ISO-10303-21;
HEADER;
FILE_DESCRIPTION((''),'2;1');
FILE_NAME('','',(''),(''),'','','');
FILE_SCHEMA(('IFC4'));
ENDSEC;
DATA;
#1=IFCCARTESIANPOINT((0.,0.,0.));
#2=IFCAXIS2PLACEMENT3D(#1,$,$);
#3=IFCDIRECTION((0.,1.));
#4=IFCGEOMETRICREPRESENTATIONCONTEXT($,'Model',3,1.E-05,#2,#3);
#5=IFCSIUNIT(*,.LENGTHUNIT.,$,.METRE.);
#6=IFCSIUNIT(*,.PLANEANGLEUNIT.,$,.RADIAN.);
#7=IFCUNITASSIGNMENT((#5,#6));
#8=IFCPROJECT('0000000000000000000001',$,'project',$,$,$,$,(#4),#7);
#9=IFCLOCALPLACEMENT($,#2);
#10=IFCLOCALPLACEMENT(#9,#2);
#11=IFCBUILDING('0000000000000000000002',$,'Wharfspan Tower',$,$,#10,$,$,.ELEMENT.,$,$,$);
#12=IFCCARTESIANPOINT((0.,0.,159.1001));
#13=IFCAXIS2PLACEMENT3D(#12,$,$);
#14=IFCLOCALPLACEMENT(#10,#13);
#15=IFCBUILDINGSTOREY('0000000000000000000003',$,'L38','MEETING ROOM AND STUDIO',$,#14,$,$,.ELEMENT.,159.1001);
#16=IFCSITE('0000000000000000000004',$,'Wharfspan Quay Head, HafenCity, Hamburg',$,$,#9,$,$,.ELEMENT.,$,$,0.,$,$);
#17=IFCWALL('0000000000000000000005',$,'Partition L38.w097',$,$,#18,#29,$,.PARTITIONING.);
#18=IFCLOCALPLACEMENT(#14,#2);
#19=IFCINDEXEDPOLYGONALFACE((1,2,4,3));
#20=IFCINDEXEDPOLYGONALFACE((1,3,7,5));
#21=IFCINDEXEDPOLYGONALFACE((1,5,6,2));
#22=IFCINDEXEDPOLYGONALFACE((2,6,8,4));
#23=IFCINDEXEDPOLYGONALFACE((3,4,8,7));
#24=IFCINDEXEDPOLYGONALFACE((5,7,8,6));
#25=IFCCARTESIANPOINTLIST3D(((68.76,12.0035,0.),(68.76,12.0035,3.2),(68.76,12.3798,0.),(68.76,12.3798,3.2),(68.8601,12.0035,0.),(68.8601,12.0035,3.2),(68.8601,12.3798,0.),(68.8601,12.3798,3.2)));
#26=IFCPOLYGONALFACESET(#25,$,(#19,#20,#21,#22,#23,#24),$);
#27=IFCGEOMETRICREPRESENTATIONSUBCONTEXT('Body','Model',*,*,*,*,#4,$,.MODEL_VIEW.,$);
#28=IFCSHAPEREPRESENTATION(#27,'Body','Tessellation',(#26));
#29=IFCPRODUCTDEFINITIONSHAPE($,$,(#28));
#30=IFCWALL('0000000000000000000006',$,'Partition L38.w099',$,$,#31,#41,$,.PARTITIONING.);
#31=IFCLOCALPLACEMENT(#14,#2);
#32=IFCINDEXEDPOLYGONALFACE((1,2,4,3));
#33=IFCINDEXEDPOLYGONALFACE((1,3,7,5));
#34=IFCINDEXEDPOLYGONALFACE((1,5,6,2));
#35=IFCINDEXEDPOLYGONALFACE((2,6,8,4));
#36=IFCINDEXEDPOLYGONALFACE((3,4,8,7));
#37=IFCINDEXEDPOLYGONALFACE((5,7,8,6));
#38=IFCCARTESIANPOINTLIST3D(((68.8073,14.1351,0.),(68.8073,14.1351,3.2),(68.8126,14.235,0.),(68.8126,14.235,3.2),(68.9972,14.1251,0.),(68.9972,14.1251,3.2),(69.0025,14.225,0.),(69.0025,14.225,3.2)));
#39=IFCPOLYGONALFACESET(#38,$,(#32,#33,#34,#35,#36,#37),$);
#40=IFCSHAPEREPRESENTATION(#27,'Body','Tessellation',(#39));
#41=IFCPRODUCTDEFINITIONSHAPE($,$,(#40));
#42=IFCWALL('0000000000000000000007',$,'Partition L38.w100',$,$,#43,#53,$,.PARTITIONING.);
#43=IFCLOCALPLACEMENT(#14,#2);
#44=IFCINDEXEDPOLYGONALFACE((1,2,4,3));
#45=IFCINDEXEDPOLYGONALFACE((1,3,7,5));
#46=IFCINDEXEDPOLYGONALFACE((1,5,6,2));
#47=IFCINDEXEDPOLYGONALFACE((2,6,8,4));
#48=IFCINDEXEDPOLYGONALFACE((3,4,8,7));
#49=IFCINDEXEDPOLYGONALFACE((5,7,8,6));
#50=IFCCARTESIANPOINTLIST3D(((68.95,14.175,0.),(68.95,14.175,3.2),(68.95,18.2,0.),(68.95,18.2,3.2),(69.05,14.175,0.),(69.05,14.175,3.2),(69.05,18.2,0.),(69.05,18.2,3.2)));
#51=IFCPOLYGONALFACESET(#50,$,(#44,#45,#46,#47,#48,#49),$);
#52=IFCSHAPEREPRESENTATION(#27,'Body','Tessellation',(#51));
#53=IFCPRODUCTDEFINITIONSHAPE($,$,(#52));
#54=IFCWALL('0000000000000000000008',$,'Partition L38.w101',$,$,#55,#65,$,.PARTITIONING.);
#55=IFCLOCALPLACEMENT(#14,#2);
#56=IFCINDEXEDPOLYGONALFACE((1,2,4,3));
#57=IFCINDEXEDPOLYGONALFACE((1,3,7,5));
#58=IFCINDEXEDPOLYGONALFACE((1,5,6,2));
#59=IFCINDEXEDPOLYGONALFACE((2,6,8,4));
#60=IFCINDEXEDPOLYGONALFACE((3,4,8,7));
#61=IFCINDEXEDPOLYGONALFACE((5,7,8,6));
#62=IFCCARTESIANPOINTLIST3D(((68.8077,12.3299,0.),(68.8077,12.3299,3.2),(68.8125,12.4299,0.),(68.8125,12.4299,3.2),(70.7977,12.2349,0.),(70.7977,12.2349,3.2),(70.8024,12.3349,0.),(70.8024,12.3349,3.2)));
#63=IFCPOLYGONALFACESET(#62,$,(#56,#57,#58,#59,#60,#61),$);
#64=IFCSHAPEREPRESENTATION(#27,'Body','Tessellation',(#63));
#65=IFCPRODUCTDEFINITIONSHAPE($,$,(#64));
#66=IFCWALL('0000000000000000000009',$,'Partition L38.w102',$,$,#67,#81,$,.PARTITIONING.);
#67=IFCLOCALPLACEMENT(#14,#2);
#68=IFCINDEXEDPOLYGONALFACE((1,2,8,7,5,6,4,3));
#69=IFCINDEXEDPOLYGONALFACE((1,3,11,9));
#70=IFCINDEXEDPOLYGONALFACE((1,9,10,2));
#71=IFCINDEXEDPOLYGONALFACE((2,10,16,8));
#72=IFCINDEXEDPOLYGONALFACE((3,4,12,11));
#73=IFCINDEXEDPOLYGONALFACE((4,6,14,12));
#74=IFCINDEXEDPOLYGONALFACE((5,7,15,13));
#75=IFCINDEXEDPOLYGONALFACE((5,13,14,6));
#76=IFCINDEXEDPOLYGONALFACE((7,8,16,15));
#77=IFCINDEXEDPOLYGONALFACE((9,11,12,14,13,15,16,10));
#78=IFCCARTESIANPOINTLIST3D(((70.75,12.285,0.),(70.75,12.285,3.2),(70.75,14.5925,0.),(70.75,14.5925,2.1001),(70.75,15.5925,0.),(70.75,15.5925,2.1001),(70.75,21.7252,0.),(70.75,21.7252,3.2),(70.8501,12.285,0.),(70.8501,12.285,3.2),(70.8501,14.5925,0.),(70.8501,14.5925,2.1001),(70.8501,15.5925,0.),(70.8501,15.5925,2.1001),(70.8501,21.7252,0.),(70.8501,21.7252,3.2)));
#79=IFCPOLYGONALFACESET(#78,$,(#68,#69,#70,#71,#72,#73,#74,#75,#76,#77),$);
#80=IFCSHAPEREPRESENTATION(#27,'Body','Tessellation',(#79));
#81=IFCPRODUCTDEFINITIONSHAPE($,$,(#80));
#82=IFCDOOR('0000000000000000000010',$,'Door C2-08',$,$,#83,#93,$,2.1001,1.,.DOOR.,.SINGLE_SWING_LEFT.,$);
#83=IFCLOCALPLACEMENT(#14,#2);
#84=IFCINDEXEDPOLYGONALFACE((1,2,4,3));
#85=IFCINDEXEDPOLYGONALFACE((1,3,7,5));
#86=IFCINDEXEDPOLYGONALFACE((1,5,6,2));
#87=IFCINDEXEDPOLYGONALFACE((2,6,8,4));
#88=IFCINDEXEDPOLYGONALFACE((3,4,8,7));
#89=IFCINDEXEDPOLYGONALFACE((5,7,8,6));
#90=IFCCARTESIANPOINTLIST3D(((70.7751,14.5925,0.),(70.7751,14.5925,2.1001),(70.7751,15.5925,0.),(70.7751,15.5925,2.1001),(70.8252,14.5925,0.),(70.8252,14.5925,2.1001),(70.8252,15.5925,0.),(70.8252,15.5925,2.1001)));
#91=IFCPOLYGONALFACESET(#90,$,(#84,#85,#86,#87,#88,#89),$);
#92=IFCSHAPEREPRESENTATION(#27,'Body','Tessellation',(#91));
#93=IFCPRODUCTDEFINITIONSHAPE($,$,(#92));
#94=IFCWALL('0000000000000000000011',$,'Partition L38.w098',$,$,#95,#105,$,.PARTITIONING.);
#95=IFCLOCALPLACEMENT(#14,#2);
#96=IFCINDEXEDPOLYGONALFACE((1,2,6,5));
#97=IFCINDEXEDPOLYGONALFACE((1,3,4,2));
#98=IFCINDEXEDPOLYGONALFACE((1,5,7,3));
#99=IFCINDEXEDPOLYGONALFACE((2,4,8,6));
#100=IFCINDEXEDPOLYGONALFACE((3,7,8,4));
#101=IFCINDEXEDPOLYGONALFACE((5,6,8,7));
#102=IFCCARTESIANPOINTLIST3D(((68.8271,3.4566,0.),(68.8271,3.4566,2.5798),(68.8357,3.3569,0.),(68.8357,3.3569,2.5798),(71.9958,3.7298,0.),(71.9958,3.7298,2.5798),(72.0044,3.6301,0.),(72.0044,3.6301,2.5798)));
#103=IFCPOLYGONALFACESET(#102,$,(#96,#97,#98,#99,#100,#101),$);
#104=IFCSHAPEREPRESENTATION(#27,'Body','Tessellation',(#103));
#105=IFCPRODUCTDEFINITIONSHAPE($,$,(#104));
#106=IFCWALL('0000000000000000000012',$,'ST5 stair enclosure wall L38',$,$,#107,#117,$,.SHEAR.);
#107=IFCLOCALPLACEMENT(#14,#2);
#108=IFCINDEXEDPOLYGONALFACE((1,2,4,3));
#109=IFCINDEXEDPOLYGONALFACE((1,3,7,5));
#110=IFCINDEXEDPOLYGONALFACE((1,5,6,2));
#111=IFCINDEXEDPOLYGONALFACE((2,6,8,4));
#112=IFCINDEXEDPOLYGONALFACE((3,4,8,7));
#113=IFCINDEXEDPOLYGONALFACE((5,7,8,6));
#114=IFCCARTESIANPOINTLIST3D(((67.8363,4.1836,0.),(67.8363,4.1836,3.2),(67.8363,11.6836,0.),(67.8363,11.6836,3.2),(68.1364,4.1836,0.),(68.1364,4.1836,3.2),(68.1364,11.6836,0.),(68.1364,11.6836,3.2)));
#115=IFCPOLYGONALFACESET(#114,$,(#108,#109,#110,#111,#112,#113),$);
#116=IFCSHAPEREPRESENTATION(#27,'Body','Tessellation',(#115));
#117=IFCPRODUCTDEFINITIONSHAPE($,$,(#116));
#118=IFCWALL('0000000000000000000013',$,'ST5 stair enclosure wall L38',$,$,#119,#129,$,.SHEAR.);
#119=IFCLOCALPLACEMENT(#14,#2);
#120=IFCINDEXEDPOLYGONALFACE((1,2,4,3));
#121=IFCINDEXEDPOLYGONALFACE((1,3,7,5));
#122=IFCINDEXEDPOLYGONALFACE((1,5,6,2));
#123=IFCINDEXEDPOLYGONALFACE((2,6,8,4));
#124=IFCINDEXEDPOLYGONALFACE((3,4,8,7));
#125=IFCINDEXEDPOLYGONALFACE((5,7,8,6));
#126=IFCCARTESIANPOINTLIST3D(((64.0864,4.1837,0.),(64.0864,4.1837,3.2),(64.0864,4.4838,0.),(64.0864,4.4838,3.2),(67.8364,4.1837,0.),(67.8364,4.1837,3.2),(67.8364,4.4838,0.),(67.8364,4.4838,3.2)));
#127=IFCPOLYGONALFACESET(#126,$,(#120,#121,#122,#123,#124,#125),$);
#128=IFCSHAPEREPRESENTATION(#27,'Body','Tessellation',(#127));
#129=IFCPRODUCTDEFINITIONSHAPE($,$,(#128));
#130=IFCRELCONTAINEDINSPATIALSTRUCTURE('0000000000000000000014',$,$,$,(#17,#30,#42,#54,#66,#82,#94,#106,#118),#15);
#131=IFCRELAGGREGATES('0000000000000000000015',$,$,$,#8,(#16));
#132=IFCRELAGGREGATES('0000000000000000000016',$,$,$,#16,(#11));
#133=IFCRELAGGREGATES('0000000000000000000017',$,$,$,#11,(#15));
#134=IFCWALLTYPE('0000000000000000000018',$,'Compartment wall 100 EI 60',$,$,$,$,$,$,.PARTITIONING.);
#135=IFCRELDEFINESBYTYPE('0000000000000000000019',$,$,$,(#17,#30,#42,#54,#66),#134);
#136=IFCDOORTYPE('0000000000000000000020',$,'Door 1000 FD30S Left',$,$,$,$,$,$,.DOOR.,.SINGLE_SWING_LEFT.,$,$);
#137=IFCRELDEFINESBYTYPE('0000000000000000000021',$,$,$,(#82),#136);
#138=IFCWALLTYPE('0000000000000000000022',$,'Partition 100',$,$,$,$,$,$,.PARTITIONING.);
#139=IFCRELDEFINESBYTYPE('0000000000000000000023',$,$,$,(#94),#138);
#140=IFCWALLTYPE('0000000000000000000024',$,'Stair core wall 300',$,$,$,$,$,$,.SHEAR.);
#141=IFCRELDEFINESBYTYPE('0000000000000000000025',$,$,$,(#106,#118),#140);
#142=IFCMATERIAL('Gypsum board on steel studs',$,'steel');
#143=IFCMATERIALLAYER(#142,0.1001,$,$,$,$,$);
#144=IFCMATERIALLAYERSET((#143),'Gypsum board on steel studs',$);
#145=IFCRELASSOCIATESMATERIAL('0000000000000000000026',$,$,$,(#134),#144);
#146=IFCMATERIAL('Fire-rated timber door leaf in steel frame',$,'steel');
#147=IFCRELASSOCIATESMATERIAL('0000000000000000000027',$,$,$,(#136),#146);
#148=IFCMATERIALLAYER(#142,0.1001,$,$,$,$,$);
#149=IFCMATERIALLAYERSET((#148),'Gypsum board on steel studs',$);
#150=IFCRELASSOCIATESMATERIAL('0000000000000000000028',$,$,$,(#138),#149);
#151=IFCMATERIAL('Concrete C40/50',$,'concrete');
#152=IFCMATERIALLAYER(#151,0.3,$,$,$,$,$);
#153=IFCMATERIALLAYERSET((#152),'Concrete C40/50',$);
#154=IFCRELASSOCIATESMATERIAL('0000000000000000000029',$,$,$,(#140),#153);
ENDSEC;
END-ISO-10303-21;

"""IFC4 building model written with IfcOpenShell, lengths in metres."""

from ifc_helpers import new_model, si_unit, direction, frame, frame_2d, origin, place, context, subcontext, project, spatial, rectangle, extrude, material, layer, layer_set, type_object, element, fill, save


model = new_model("IFC4")

# Units and contexts
model_context = context("Model", 3, precision=1e-05, world=origin(), true_north=direction((0.0, 1.0)))
body_context = subcontext(model_context, "Body", "Model", "MODEL_VIEW")
ifc_project = project(units=[si_unit("LENGTHUNIT", "METRE"), si_unit("PLANEANGLEUNIT", "RADIAN")], contexts=[model_context])

# Site, building, storey
site_placement = place(None, origin())
site = spatial("IfcSite", under=ifc_project, at=site_placement, Name="Wharfspan Quay Head, HafenCity, Hamburg", CompositionType="ELEMENT", RefElevation=0.0)
building_placement = place(site_placement, origin())
building = spatial("IfcBuilding", under=site, at=building_placement, Name="Wharfspan Tower", CompositionType="ELEMENT")
storey_placement = place(building_placement, frame((0.0, 0.0, 159.1001)))
storey = spatial("IfcBuildingStorey", under=building, at=storey_placement, Name="L38", Description="MEETING ROOM AND STUDIO", CompositionType="ELEMENT", Elevation=159.1001)

# Walls
ifc_material_1 = material(Name="Gypsum board on steel studs", Category="steel")
ifc_layer_1 = layer(ifc_material_1, 0.1001)
ifc_layer_set_1 = layer_set([ifc_layer_1], Name="Gypsum board on steel studs")
wall_type_1 = type_object("IfcWallType", Name="Compartment wall 100 EI 60", PredefinedType="PARTITIONING", material=ifc_layer_set_1)
wall_1_placement = place(storey_placement, frame((68.8101, 12.0037, 0.0), z_axis=(0.0, 0.0, 1.0), x_axis=(0.0, 1.0, 0.0)))
element("IfcWall", 1, at=wall_1_placement, inside=storey, type_object=wall_type_1, Name="Partition L38.w097", PredefinedType="PARTITIONING", context=body_context, shape_type="SweptSolid", body=[
    extrude(rectangle(XDim=0.3762, YDim=0.1001, at=frame_2d((0.188, 0.0))), origin(), (0.0, 0.0, 1.0), 3.2),
])
wall_2_placement = place(storey_placement, frame((69.0, 14.175, 0.0), z_axis=(0.0, 0.0, 1.0), x_axis=(-0.99861, 0.052626, 0.0)))
element("IfcWall", 2, at=wall_2_placement, inside=storey, type_object=wall_type_1, Name="Partition L38.w099", PredefinedType="PARTITIONING", context=body_context, shape_type="SweptSolid", body=[
    extrude(rectangle(XDim=0.1902, YDim=0.1001, at=frame_2d((0.0952, 0.0))), origin(), (0.0, 0.0, 1.0), 3.2),
])
wall_3_placement = place(storey_placement, frame((69.0, 14.175, 0.0), z_axis=(0.0, 0.0, 1.0), x_axis=(0.0, 1.0, 0.0)))
element("IfcWall", 3, at=wall_3_placement, inside=storey, type_object=wall_type_1, Name="Partition L38.w100", PredefinedType="PARTITIONING", context=body_context, shape_type="SweptSolid", body=[
    extrude(rectangle(XDim=4.0249, YDim=0.1001, at=frame_2d((2.0125, 0.0))), origin(), (0.0, 0.0, 1.0), 3.2),
])
wall_4_placement = place(storey_placement, frame((70.8, 12.2849, 0.0), z_axis=(0.0, 0.0, 1.0), x_axis=(-0.998864, 0.04767, 0.0)))
element("IfcWall", 4, at=wall_4_placement, inside=storey, type_object=wall_type_1, Name="Partition L38.w101", PredefinedType="PARTITIONING", context=body_context, shape_type="SweptSolid", body=[
    extrude(rectangle(XDim=1.9922, YDim=0.1001, at=frame_2d((0.9961, 0.0))), origin(), (0.0, 0.0, 1.0), 3.2),
])

# Wall, opening, door
wall_5_placement = place(storey_placement, frame((70.8, 12.2849, 0.0), z_axis=(0.0, 0.0, 1.0), x_axis=(0.0, 1.0, 0.0)))
wall_5 = element("IfcWall", 5, at=wall_5_placement, inside=storey, type_object=wall_type_1, Name="Partition L38.w102", PredefinedType="PARTITIONING", context=body_context, shape_type="SweptSolid", body=[
    extrude(rectangle(XDim=9.4402, YDim=0.1001, at=frame_2d((4.7202, 0.0))), origin(), (0.0, 0.0, 1.0), 3.2),
])
opening_placement = place(wall_5_placement, frame((2.3076, 0.0, 0.0)))
opening = element("IfcOpeningElement", 6, at=opening_placement, cuts=wall_5, PredefinedType="OPENING", context=body_context, shape_type="SweptSolid", body=[
    extrude(rectangle(XDim=1.0, YDim=2.1001, at=frame_2d((0.5, 1.05))), frame((0.0, 0.0601, 0.0), z_axis=(0.0, -1.0, 0.0), x_axis=(1.0, 0.0, 0.0)), (0.0, 0.0, 1.0), 0.1201),
])
ifc_material_2 = material(Name="Fire-rated timber door leaf in steel frame", Category="steel")
door_type = type_object("IfcDoorType", Name="Door 1000 FD30S Left", OperationType="SINGLE_SWING_LEFT", PredefinedType="DOOR", material=ifc_material_2)
door_placement = place(opening_placement, origin())
door = element("IfcDoor", 7, at=door_placement, inside=storey, type_object=door_type, Name="Door C2-08", OperationType="SINGLE_SWING_LEFT", OverallHeight=2.1001, OverallWidth=1.0, PredefinedType="DOOR", context=body_context, shape_type="SweptSolid", body=[
    extrude(rectangle(XDim=1.0, YDim=2.1001, at=frame_2d((0.5, 1.05))), frame((0.0, 0.0249, 0.0), z_axis=(0.0, -1.0, 0.0), x_axis=(1.0, 0.0, 0.0)), (0.0, 0.0, 1.0), 0.05),
])
fill(opening, door)

# Walls
ifc_layer_2 = layer(ifc_material_1, 0.1001)
ifc_layer_set_2 = layer_set([ifc_layer_2], Name="Gypsum board on steel studs")
wall_type_2 = type_object("IfcWallType", Name="Partition 100", PredefinedType="PARTITIONING", material=ifc_layer_set_2)
wall_6_placement = place(storey_placement, frame((68.8313, 3.4067, 0.0), z_axis=(0.0, 0.0, 1.0), x_axis=(0.996308, 0.085898, 0.0)))
element("IfcWall", 8, at=wall_6_placement, inside=storey, type_object=wall_type_2, Name="Partition L38.w098", PredefinedType="PARTITIONING", context=body_context, shape_type="SweptSolid", body=[
    extrude(rectangle(XDim=3.1804, YDim=0.1001, at=frame_2d((1.5903, 0.0))), origin(), (0.0, 0.0, 1.0), 2.5798),
])
ifc_material_3 = material(Name="Concrete C40/50", Category="concrete")
ifc_layer_3 = layer(ifc_material_3, 0.3)
ifc_layer_set_3 = layer_set([ifc_layer_3], Name="Concrete C40/50")
wall_type_3 = type_object("IfcWallType", Name="Stair core wall 300", PredefinedType="SHEAR", material=ifc_layer_set_3)
wall_7_placement = place(storey_placement, frame((67.9863, 4.1836, 0.0), z_axis=(0.0, 0.0, 1.0), x_axis=(0.0, 1.0, 0.0)))
element("IfcWall", 9, at=wall_7_placement, inside=storey, type_object=wall_type_3, Name="ST5 stair enclosure wall L38", PredefinedType="SHEAR", context=body_context, shape_type="SweptSolid", body=[
    extrude(rectangle(XDim=7.5, YDim=0.3, at=frame_2d((3.75, 0.0))), origin(), (0.0, 0.0, 1.0), 3.2),
])
wall_8_placement = place(storey_placement, frame((64.0864, 4.3337, 0.0), z_axis=(0.0, 0.0, 1.0), x_axis=(1.0, 0.0, 0.0)))
element("IfcWall", 10, at=wall_8_placement, inside=storey, type_object=wall_type_3, Name="ST5 stair enclosure wall L38", PredefinedType="SHEAR", context=body_context, shape_type="SweptSolid", body=[
    extrude(rectangle(XDim=3.75, YDim=0.3, at=frame_2d((1.875, 0.0))), origin(), (0.0, 0.0, 1.0), 3.2),
])

save(model, "model.ifc")
